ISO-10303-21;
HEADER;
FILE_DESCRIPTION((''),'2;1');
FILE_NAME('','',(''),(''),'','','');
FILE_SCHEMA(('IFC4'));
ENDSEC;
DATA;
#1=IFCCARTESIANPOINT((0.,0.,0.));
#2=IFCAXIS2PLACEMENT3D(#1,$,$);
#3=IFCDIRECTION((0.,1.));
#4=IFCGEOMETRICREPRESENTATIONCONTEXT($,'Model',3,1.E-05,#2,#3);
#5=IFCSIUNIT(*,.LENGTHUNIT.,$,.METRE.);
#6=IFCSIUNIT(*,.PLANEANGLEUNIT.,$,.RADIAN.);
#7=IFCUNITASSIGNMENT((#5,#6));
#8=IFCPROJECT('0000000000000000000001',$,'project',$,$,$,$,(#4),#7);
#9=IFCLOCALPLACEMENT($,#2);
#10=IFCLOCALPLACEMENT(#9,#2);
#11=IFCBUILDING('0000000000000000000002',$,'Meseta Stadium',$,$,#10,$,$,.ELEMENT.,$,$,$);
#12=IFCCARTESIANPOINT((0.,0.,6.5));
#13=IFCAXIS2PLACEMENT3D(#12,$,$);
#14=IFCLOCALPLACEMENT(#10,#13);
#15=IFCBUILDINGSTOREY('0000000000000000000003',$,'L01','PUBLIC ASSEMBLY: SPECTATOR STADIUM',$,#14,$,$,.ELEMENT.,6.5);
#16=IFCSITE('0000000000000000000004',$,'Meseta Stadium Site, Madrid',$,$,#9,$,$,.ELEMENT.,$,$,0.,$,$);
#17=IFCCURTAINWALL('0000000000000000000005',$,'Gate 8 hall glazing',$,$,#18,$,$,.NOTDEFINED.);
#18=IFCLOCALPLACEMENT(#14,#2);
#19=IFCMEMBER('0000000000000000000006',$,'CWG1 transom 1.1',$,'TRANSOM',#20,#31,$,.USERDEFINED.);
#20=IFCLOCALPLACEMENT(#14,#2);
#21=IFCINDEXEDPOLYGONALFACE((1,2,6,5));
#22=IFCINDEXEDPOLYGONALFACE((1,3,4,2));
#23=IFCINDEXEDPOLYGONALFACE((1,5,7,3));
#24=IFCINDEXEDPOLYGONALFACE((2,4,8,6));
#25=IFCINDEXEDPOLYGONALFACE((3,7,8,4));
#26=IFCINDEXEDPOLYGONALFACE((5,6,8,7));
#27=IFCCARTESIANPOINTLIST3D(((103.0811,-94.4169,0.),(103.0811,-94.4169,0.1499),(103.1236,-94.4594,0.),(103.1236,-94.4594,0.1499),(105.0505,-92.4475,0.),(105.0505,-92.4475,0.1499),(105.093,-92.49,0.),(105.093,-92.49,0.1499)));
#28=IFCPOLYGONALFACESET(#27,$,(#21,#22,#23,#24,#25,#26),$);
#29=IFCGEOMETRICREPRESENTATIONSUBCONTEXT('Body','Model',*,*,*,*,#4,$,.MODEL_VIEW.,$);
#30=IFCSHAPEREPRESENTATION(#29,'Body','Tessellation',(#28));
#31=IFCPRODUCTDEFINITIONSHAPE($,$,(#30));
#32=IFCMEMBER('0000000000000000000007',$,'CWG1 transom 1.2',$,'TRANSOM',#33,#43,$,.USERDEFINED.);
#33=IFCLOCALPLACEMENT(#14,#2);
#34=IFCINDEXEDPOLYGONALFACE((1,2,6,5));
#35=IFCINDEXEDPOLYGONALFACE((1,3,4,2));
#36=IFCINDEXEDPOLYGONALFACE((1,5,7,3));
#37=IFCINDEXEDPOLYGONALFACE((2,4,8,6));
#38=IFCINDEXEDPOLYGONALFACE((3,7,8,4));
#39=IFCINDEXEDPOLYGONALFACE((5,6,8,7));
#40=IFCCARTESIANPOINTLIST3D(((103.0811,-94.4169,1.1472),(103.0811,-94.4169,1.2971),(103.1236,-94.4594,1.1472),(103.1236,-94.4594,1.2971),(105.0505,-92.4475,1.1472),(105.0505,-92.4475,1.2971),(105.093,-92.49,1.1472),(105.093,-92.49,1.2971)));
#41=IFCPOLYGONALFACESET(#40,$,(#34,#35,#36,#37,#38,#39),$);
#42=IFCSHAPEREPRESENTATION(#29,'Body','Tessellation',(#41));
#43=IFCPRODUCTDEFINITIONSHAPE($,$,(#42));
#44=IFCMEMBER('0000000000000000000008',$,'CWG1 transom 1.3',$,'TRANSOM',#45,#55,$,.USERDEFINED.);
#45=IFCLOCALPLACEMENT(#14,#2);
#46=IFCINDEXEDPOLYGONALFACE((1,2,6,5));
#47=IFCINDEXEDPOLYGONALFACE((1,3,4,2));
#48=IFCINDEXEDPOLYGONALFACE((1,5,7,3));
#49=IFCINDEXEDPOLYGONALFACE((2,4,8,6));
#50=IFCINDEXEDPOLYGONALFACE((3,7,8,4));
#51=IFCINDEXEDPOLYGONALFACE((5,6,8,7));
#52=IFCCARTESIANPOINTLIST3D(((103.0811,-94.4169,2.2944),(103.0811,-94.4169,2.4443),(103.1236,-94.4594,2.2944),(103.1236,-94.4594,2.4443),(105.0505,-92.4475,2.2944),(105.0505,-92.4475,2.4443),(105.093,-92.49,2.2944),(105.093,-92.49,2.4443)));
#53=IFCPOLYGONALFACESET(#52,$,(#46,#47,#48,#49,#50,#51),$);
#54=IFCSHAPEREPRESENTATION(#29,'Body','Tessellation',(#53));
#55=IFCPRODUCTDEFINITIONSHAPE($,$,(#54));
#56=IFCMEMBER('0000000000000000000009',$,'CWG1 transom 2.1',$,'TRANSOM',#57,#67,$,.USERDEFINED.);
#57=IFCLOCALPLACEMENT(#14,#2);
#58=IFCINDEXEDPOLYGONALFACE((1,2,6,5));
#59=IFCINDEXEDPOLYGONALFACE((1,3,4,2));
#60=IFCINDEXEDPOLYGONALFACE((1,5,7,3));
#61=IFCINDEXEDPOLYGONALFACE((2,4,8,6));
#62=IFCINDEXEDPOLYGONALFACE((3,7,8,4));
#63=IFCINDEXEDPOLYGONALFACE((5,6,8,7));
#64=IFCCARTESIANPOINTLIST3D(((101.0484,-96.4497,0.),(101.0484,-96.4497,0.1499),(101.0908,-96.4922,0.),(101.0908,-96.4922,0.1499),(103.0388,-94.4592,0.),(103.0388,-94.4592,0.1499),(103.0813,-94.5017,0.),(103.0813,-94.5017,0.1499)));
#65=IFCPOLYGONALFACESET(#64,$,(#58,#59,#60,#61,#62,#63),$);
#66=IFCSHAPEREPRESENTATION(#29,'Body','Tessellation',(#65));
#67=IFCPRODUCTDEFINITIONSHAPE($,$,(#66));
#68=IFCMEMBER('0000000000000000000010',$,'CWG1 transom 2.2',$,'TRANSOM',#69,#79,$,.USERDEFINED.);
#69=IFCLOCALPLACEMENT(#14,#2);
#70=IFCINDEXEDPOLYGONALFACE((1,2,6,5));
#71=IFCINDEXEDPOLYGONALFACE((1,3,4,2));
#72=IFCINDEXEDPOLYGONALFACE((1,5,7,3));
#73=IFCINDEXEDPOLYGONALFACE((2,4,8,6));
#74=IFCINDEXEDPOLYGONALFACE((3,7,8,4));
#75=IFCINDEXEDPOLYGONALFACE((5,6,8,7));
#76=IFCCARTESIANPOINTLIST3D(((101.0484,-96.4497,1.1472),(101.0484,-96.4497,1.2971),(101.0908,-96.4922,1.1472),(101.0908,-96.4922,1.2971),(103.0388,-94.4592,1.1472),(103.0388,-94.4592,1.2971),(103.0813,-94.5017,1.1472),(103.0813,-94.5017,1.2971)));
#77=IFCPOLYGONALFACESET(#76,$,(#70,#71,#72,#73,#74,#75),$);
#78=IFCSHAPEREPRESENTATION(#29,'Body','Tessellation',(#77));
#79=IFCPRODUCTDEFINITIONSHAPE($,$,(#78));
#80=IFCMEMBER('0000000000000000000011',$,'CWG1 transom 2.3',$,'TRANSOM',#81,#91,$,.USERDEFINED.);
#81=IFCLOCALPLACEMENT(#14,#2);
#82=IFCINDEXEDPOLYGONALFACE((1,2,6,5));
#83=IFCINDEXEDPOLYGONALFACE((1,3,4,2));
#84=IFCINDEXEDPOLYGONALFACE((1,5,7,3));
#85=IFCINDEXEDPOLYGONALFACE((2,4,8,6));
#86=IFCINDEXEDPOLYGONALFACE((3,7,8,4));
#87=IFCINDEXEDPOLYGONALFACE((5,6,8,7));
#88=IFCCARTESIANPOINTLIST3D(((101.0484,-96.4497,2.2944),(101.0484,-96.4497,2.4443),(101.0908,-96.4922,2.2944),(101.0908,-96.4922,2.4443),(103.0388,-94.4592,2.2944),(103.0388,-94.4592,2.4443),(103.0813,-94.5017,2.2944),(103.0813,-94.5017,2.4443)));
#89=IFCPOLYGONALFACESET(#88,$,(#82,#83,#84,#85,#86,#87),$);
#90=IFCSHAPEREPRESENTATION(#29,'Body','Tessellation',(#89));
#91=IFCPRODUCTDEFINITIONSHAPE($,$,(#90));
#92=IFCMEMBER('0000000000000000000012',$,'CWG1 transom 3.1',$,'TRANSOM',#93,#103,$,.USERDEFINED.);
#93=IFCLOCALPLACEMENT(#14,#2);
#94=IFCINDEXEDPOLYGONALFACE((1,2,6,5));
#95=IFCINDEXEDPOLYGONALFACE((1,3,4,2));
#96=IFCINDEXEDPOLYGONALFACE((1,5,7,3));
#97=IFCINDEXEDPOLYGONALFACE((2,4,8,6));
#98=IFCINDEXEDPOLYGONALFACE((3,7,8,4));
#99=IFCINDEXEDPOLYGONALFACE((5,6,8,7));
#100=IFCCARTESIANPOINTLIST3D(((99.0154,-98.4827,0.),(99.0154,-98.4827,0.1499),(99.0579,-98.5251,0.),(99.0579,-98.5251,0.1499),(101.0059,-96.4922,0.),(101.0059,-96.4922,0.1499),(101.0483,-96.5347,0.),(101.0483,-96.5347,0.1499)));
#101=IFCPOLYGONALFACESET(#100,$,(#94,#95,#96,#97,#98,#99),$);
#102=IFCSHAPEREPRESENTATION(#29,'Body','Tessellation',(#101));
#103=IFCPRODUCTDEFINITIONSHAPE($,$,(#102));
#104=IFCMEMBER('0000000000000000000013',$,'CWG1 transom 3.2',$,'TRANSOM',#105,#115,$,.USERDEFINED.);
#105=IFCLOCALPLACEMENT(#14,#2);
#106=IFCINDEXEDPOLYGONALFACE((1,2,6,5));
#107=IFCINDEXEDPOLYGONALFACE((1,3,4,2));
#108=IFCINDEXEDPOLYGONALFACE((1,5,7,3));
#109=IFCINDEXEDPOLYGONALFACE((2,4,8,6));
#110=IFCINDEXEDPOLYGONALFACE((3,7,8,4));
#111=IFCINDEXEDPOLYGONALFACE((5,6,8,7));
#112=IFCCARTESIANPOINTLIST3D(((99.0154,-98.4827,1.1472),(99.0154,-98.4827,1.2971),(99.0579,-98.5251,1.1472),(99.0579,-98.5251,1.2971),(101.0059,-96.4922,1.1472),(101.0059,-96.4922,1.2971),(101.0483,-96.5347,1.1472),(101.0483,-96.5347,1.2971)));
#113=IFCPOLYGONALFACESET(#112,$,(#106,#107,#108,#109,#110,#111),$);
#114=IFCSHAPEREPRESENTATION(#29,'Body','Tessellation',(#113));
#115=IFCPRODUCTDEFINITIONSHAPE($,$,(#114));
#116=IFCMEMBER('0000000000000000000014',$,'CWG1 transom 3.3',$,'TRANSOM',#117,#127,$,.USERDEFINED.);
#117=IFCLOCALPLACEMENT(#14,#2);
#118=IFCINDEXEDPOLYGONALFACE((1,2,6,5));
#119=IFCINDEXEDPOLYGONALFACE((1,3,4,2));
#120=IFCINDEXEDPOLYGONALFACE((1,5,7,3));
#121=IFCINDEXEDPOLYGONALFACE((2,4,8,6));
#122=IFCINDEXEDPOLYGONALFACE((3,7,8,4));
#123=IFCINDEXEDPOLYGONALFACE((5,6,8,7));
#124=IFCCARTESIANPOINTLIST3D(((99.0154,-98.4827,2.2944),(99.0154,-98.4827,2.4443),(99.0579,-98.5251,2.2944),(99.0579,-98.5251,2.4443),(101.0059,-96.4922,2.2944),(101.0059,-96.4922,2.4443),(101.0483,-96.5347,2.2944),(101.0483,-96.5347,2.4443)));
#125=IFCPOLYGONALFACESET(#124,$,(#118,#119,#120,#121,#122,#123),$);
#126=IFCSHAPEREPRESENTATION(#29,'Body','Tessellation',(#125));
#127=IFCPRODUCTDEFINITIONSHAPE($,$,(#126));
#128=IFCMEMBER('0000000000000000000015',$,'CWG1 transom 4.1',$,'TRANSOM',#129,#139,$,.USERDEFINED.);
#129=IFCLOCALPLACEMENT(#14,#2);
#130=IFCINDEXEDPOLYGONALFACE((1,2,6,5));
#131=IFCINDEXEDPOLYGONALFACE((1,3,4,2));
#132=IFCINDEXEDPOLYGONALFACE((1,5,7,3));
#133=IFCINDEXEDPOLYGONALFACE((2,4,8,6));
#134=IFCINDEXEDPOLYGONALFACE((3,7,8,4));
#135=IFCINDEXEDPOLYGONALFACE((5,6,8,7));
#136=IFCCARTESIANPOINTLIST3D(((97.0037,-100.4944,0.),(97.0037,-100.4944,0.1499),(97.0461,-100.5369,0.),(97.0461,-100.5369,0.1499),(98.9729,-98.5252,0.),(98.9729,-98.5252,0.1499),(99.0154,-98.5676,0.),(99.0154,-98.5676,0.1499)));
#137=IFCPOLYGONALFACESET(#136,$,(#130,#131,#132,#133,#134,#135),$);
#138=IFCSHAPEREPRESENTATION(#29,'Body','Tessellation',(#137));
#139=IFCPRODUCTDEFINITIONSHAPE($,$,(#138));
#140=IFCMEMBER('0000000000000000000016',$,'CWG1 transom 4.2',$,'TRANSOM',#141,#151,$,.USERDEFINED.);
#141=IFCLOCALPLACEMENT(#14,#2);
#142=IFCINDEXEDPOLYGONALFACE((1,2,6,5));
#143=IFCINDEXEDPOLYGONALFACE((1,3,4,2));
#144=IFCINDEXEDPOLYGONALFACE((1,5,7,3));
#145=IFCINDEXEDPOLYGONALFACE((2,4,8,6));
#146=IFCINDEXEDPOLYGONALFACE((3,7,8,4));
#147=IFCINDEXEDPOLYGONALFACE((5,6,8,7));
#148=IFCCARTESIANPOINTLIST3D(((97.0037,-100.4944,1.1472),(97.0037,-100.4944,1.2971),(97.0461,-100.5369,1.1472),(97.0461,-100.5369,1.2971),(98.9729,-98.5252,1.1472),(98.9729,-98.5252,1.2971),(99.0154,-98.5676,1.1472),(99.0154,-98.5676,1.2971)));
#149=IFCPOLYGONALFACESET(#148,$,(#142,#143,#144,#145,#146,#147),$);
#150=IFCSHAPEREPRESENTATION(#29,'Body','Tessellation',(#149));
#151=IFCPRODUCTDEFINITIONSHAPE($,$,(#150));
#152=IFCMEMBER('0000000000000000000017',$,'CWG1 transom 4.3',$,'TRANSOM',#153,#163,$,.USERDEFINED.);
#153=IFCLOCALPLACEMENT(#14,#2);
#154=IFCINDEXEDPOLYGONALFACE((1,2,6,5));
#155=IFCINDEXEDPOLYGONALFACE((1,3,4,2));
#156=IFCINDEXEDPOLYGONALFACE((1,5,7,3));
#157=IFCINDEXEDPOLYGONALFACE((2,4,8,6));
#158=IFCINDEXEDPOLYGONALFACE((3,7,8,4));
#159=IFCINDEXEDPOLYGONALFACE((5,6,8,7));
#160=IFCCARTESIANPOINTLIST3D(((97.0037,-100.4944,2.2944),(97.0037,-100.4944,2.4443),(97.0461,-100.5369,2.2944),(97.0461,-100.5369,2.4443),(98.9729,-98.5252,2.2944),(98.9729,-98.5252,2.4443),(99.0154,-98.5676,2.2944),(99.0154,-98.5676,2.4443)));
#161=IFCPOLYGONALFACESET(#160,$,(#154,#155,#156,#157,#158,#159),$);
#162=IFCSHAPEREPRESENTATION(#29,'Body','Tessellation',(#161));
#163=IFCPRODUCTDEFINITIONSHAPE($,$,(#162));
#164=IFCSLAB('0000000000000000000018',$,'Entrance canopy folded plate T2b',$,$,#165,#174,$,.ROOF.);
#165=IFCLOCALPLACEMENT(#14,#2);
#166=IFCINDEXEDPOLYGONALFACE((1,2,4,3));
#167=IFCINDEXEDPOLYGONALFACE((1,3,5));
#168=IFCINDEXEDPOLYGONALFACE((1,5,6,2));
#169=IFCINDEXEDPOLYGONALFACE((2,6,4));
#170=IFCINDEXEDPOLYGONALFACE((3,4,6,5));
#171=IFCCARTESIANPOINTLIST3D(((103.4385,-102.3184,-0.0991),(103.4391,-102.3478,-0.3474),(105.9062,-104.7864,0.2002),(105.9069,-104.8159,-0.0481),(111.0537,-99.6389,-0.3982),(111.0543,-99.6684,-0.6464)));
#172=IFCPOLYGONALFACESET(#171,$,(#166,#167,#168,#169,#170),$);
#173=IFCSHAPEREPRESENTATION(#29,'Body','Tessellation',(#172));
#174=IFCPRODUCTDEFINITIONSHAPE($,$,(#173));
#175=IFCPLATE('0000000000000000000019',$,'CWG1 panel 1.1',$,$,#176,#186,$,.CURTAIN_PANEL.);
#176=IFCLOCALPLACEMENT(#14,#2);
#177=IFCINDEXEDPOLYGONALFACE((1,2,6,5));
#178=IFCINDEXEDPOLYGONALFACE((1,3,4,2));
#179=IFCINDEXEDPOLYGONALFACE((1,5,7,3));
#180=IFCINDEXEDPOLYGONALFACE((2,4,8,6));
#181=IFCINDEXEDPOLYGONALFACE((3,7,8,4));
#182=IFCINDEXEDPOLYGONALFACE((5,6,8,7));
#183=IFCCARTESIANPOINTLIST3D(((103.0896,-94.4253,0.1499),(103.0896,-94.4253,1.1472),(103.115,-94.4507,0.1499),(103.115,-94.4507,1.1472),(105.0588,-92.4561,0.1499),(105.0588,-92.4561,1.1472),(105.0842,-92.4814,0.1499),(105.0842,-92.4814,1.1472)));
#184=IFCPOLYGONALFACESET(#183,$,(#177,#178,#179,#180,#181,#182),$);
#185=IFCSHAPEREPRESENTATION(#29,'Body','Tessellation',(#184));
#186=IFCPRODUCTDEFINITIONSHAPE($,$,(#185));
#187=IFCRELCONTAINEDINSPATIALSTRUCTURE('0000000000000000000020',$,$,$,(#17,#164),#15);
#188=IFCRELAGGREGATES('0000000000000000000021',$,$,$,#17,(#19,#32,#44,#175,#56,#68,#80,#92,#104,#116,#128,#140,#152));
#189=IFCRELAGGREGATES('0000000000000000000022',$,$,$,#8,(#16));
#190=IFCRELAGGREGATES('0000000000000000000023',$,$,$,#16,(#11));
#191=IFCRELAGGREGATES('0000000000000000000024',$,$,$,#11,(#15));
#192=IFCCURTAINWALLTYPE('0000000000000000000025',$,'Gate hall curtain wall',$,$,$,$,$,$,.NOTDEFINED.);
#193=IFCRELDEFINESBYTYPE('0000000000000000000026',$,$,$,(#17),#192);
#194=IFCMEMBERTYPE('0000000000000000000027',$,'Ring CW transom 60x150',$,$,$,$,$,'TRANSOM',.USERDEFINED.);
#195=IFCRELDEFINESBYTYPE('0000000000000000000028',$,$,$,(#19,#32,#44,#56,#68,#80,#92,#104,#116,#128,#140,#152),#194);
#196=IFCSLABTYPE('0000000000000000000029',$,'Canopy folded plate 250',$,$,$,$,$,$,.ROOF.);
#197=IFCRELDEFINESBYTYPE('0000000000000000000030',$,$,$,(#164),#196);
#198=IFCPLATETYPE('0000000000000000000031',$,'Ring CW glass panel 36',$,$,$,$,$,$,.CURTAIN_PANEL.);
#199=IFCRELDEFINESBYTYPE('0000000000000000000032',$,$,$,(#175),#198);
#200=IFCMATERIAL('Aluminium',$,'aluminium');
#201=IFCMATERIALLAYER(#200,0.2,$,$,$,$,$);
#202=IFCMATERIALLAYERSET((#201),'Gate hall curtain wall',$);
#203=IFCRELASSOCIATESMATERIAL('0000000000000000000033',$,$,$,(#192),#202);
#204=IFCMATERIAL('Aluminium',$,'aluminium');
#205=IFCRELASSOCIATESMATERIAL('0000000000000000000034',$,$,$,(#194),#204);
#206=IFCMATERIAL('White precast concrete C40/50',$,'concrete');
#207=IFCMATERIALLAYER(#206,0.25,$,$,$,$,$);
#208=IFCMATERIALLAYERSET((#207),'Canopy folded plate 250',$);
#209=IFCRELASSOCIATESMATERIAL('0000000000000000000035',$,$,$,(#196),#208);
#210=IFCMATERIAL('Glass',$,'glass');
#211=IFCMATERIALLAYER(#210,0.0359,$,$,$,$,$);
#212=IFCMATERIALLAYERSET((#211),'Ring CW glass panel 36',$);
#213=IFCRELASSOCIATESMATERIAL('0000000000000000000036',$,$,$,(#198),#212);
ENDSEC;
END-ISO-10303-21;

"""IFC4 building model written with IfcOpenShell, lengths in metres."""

from ifc_helpers import new_model, si_unit, direction, frame, origin, origin_2d, place, context, subcontext, project, spatial, polyline, rectangle, outline, extrude, material, layer, layer_set, material_profile, profile_set, type_object, element, aggregate, save


model = new_model("IFC4")

# Units and contexts
model_context = context("Model", 3, precision=1e-05, world=origin(), true_north=direction((0.0, 1.0)))
body_context = subcontext(model_context, "Body", "Model", "MODEL_VIEW")
ifc_project = project(units=[si_unit("LENGTHUNIT", "METRE"), si_unit("PLANEANGLEUNIT", "RADIAN")], contexts=[model_context])

# Site, building, storey
site_placement = place(None, origin())
site = spatial("IfcSite", under=ifc_project, at=site_placement, Name="Meseta Stadium Site, Madrid", CompositionType="ELEMENT", RefElevation=0.0)
building_placement = place(site_placement, origin())
building = spatial("IfcBuilding", under=site, at=building_placement, Name="Meseta Stadium", CompositionType="ELEMENT")
storey_placement = place(building_placement, frame((0.0, 0.0, 6.5)))
storey = spatial("IfcBuildingStorey", under=building, at=storey_placement, Name="L01", Description="PUBLIC ASSEMBLY: SPECTATOR STADIUM", CompositionType="ELEMENT", Elevation=6.5)

# Curtain wall, members
ifc_material_1 = material(Name="Aluminium", Category="aluminium")
ifc_layer_1 = layer(ifc_material_1, 0.2)
ifc_layer_set_1 = layer_set([ifc_layer_1], Name="Gate hall curtain wall")
curtain_wall_type = type_object("IfcCurtainWallType", Name="Gate hall curtain wall", PredefinedType="NOTDEFINED", material=ifc_layer_set_1)
curtain_wall_placement = place(storey_placement, origin())
curtain_wall = element("IfcCurtainWall", 1, at=curtain_wall_placement, inside=storey, type_object=curtain_wall_type, Name="Gate 8 hall glazing", PredefinedType="NOTDEFINED")
ifc_material_2 = material(Name="Aluminium", Category="aluminium")
ifc_material_profile_1 = material_profile(ifc_material_2, rectangle(XDim=0.0601, YDim=0.1499, at=origin_2d()), Name="CW 60x150")
ifc_profile_set_1 = profile_set([ifc_material_profile_1], Name="Aluminium")
member_type_1 = type_object("IfcMemberType", Name="Ring CW transom 60x150", ElementType="TRANSOM", PredefinedType="USERDEFINED", material=ifc_profile_set_1)
member_1_placement = place(storey_placement, frame((105.0718, -92.4688, 0.075), z_axis=(-0.707107, -0.707107, 0.0), x_axis=(0.707107, -0.707107, 0.0)))
member_1 = element("IfcMember", 2, at=member_1_placement, type_object=member_type_1, Name="CWG1 transom 1.1", ObjectType="TRANSOM", PredefinedType="USERDEFINED", context=body_context, shape_type="SweptSolid", body=[
    extrude(rectangle(XDim=0.0601, YDim=0.1499, at=origin_2d()), origin(), (0.0, 0.0, 1.0), 2.7852),
])
member_2_placement = place(storey_placement, frame((105.0718, -92.4688, 1.2222), z_axis=(-0.707107, -0.707107, 0.0), x_axis=(0.707107, -0.707107, 0.0)))
member_2 = element("IfcMember", 3, at=member_2_placement, type_object=member_type_1, Name="CWG1 transom 1.2", ObjectType="TRANSOM", PredefinedType="USERDEFINED", context=body_context, shape_type="SweptSolid", body=[
    extrude(rectangle(XDim=0.0601, YDim=0.1499, at=origin_2d()), origin(), (0.0, 0.0, 1.0), 2.7852),
])
member_3_placement = place(storey_placement, frame((105.0718, -92.4688, 2.3694), z_axis=(-0.707107, -0.707107, 0.0), x_axis=(0.707107, -0.707107, 0.0)))
member_3 = element("IfcMember", 4, at=member_3_placement, type_object=member_type_1, Name="CWG1 transom 1.3", ObjectType="TRANSOM", PredefinedType="USERDEFINED", context=body_context, shape_type="SweptSolid", body=[
    extrude(rectangle(XDim=0.0601, YDim=0.1499, at=origin_2d()), origin(), (0.0, 0.0, 1.0), 2.7852),
])
member_4_placement = place(storey_placement, frame((103.0601, -94.4805, 0.075), z_axis=(-0.707107, -0.707107, 0.0), x_axis=(0.707107, -0.707107, 0.0)))
member_4 = element("IfcMember", 5, at=member_4_placement, type_object=member_type_1, Name="CWG1 transom 2.1", ObjectType="TRANSOM", PredefinedType="USERDEFINED", context=body_context, shape_type="SweptSolid", body=[
    extrude(rectangle(XDim=0.0601, YDim=0.1499, at=origin_2d()), origin(), (0.0, 0.0, 1.0), 2.8149),
])
member_5_placement = place(storey_placement, frame((103.0601, -94.4805, 1.2222), z_axis=(-0.707107, -0.707107, 0.0), x_axis=(0.707107, -0.707107, 0.0)))
member_5 = element("IfcMember", 6, at=member_5_placement, type_object=member_type_1, Name="CWG1 transom 2.2", ObjectType="TRANSOM", PredefinedType="USERDEFINED", context=body_context, shape_type="SweptSolid", body=[
    extrude(rectangle(XDim=0.0601, YDim=0.1499, at=origin_2d()), origin(), (0.0, 0.0, 1.0), 2.8149),
])
member_6_placement = place(storey_placement, frame((103.0601, -94.4805, 2.3694), z_axis=(-0.707107, -0.707107, 0.0), x_axis=(0.707107, -0.707107, 0.0)))
member_6 = element("IfcMember", 7, at=member_6_placement, type_object=member_type_1, Name="CWG1 transom 2.3", ObjectType="TRANSOM", PredefinedType="USERDEFINED", context=body_context, shape_type="SweptSolid", body=[
    extrude(rectangle(XDim=0.0601, YDim=0.1499, at=origin_2d()), origin(), (0.0, 0.0, 1.0), 2.8149),
])
member_7_placement = place(storey_placement, frame((101.0271, -96.5134, 0.075), z_axis=(-0.707107, -0.707107, 0.0), x_axis=(0.707107, -0.707107, 0.0)))
member_7 = element("IfcMember", 8, at=member_7_placement, type_object=member_type_1, Name="CWG1 transom 3.1", ObjectType="TRANSOM", PredefinedType="USERDEFINED", context=body_context, shape_type="SweptSolid", body=[
    extrude(rectangle(XDim=0.0601, YDim=0.1499, at=origin_2d()), origin(), (0.0, 0.0, 1.0), 2.8149),
])
member_8_placement = place(storey_placement, frame((101.0271, -96.5134, 1.2222), z_axis=(-0.707107, -0.707107, 0.0), x_axis=(0.707107, -0.707107, 0.0)))
member_8 = element("IfcMember", 9, at=member_8_placement, type_object=member_type_1, Name="CWG1 transom 3.2", ObjectType="TRANSOM", PredefinedType="USERDEFINED", context=body_context, shape_type="SweptSolid", body=[
    extrude(rectangle(XDim=0.0601, YDim=0.1499, at=origin_2d()), origin(), (0.0, 0.0, 1.0), 2.8149),
])
member_9_placement = place(storey_placement, frame((101.0271, -96.5134, 2.3694), z_axis=(-0.707107, -0.707107, 0.0), x_axis=(0.707107, -0.707107, 0.0)))
member_9 = element("IfcMember", 10, at=member_9_placement, type_object=member_type_1, Name="CWG1 transom 3.3", ObjectType="TRANSOM", PredefinedType="USERDEFINED", context=body_context, shape_type="SweptSolid", body=[
    extrude(rectangle(XDim=0.0601, YDim=0.1499, at=origin_2d()), origin(), (0.0, 0.0, 1.0), 2.8149),
])
member_10_placement = place(storey_placement, frame((98.9941, -98.5464, 0.075), z_axis=(-0.707107, -0.707107, 0.0), x_axis=(0.707107, -0.707107, 0.0)))
member_10 = element("IfcMember", 11, at=member_10_placement, type_object=member_type_1, Name="CWG1 transom 4.1", ObjectType="TRANSOM", PredefinedType="USERDEFINED", context=body_context, shape_type="SweptSolid", body=[
    extrude(rectangle(XDim=0.0601, YDim=0.1499, at=origin_2d()), origin(), (0.0, 0.0, 1.0), 2.7849),
])
member_11_placement = place(storey_placement, frame((98.9941, -98.5464, 1.2222), z_axis=(-0.707107, -0.707107, 0.0), x_axis=(0.707107, -0.707107, 0.0)))
member_11 = element("IfcMember", 12, at=member_11_placement, type_object=member_type_1, Name="CWG1 transom 4.2", ObjectType="TRANSOM", PredefinedType="USERDEFINED", context=body_context, shape_type="SweptSolid", body=[
    extrude(rectangle(XDim=0.0601, YDim=0.1499, at=origin_2d()), origin(), (0.0, 0.0, 1.0), 2.7849),
])
member_12_placement = place(storey_placement, frame((98.9941, -98.5464, 2.3694), z_axis=(-0.707107, -0.707107, 0.0), x_axis=(0.707107, -0.707107, 0.0)))
member_12 = element("IfcMember", 13, at=member_12_placement, type_object=member_type_1, Name="CWG1 transom 4.3", ObjectType="TRANSOM", PredefinedType="USERDEFINED", context=body_context, shape_type="SweptSolid", body=[
    extrude(rectangle(XDim=0.0601, YDim=0.1499, at=origin_2d()), origin(), (0.0, 0.0, 1.0), 2.7849),
])

# Slab
ifc_material_3 = material(Name="White precast concrete C40/50", Category="concrete")
ifc_layer_2 = layer(ifc_material_3, 0.25)
ifc_layer_set_2 = layer_set([ifc_layer_2], Name="Canopy folded plate 250")
slab_type = type_object("IfcSlabType", Name="Canopy folded plate 250", PredefinedType="ROOF", material=ifc_layer_set_2)
slab_placement = place(storey_placement, frame((111.0537, -99.6389, -0.3982), z_axis=(-0.002497, 0.117935, 0.993018), x_axis=(-0.942665, -0.33168, 0.037021)))
element("IfcSlab", 14, at=slab_placement, inside=storey, type_object=slab_type, Name="Entrance canopy folded plate T2b", PredefinedType="ROOF", context=body_context, shape_type="SweptSolid", body=[
    extrude(outline(polyline([(0.0, 0.0), (8.0784, 0.0), (6.5818, 3.1671), (0.0, 0.0)])), origin(), (0.0, 0.0, -1.0), 0.25),
])

# Plate
ifc_material_4 = material(Name="Glass", Category="glass")
ifc_layer_3 = layer(ifc_material_4, 0.0359)
ifc_layer_set_3 = layer_set([ifc_layer_3], Name="Ring CW glass panel 36")
plate_type = type_object("IfcPlateType", Name="Ring CW glass panel 36", PredefinedType="CURTAIN_PANEL", material=ifc_layer_set_3)
plate_1_placement = place(storey_placement, frame((104.0869, -93.4534, 0.1499), z_axis=(0.0, 0.0, 1.0), x_axis=(-0.707107, -0.707107, 0.0)))
plate_1 = element("IfcPlate", 15, at=plate_1_placement, type_object=plate_type, Name="CWG1 panel 1.1", PredefinedType="CURTAIN_PANEL", context=body_context, shape_type="SweptSolid", body=[
    extrude(rectangle(XDim=2.7849, YDim=0.0359, at=origin_2d()), origin(), (0.0, 0.0, 1.0), 0.9973),
])
aggregate(curtain_wall, [member_1, member_2, member_3, plate_1, member_4, member_5, member_6, member_7, member_8, member_9, member_10, member_11, member_12])

save(model, "model.ifc")
